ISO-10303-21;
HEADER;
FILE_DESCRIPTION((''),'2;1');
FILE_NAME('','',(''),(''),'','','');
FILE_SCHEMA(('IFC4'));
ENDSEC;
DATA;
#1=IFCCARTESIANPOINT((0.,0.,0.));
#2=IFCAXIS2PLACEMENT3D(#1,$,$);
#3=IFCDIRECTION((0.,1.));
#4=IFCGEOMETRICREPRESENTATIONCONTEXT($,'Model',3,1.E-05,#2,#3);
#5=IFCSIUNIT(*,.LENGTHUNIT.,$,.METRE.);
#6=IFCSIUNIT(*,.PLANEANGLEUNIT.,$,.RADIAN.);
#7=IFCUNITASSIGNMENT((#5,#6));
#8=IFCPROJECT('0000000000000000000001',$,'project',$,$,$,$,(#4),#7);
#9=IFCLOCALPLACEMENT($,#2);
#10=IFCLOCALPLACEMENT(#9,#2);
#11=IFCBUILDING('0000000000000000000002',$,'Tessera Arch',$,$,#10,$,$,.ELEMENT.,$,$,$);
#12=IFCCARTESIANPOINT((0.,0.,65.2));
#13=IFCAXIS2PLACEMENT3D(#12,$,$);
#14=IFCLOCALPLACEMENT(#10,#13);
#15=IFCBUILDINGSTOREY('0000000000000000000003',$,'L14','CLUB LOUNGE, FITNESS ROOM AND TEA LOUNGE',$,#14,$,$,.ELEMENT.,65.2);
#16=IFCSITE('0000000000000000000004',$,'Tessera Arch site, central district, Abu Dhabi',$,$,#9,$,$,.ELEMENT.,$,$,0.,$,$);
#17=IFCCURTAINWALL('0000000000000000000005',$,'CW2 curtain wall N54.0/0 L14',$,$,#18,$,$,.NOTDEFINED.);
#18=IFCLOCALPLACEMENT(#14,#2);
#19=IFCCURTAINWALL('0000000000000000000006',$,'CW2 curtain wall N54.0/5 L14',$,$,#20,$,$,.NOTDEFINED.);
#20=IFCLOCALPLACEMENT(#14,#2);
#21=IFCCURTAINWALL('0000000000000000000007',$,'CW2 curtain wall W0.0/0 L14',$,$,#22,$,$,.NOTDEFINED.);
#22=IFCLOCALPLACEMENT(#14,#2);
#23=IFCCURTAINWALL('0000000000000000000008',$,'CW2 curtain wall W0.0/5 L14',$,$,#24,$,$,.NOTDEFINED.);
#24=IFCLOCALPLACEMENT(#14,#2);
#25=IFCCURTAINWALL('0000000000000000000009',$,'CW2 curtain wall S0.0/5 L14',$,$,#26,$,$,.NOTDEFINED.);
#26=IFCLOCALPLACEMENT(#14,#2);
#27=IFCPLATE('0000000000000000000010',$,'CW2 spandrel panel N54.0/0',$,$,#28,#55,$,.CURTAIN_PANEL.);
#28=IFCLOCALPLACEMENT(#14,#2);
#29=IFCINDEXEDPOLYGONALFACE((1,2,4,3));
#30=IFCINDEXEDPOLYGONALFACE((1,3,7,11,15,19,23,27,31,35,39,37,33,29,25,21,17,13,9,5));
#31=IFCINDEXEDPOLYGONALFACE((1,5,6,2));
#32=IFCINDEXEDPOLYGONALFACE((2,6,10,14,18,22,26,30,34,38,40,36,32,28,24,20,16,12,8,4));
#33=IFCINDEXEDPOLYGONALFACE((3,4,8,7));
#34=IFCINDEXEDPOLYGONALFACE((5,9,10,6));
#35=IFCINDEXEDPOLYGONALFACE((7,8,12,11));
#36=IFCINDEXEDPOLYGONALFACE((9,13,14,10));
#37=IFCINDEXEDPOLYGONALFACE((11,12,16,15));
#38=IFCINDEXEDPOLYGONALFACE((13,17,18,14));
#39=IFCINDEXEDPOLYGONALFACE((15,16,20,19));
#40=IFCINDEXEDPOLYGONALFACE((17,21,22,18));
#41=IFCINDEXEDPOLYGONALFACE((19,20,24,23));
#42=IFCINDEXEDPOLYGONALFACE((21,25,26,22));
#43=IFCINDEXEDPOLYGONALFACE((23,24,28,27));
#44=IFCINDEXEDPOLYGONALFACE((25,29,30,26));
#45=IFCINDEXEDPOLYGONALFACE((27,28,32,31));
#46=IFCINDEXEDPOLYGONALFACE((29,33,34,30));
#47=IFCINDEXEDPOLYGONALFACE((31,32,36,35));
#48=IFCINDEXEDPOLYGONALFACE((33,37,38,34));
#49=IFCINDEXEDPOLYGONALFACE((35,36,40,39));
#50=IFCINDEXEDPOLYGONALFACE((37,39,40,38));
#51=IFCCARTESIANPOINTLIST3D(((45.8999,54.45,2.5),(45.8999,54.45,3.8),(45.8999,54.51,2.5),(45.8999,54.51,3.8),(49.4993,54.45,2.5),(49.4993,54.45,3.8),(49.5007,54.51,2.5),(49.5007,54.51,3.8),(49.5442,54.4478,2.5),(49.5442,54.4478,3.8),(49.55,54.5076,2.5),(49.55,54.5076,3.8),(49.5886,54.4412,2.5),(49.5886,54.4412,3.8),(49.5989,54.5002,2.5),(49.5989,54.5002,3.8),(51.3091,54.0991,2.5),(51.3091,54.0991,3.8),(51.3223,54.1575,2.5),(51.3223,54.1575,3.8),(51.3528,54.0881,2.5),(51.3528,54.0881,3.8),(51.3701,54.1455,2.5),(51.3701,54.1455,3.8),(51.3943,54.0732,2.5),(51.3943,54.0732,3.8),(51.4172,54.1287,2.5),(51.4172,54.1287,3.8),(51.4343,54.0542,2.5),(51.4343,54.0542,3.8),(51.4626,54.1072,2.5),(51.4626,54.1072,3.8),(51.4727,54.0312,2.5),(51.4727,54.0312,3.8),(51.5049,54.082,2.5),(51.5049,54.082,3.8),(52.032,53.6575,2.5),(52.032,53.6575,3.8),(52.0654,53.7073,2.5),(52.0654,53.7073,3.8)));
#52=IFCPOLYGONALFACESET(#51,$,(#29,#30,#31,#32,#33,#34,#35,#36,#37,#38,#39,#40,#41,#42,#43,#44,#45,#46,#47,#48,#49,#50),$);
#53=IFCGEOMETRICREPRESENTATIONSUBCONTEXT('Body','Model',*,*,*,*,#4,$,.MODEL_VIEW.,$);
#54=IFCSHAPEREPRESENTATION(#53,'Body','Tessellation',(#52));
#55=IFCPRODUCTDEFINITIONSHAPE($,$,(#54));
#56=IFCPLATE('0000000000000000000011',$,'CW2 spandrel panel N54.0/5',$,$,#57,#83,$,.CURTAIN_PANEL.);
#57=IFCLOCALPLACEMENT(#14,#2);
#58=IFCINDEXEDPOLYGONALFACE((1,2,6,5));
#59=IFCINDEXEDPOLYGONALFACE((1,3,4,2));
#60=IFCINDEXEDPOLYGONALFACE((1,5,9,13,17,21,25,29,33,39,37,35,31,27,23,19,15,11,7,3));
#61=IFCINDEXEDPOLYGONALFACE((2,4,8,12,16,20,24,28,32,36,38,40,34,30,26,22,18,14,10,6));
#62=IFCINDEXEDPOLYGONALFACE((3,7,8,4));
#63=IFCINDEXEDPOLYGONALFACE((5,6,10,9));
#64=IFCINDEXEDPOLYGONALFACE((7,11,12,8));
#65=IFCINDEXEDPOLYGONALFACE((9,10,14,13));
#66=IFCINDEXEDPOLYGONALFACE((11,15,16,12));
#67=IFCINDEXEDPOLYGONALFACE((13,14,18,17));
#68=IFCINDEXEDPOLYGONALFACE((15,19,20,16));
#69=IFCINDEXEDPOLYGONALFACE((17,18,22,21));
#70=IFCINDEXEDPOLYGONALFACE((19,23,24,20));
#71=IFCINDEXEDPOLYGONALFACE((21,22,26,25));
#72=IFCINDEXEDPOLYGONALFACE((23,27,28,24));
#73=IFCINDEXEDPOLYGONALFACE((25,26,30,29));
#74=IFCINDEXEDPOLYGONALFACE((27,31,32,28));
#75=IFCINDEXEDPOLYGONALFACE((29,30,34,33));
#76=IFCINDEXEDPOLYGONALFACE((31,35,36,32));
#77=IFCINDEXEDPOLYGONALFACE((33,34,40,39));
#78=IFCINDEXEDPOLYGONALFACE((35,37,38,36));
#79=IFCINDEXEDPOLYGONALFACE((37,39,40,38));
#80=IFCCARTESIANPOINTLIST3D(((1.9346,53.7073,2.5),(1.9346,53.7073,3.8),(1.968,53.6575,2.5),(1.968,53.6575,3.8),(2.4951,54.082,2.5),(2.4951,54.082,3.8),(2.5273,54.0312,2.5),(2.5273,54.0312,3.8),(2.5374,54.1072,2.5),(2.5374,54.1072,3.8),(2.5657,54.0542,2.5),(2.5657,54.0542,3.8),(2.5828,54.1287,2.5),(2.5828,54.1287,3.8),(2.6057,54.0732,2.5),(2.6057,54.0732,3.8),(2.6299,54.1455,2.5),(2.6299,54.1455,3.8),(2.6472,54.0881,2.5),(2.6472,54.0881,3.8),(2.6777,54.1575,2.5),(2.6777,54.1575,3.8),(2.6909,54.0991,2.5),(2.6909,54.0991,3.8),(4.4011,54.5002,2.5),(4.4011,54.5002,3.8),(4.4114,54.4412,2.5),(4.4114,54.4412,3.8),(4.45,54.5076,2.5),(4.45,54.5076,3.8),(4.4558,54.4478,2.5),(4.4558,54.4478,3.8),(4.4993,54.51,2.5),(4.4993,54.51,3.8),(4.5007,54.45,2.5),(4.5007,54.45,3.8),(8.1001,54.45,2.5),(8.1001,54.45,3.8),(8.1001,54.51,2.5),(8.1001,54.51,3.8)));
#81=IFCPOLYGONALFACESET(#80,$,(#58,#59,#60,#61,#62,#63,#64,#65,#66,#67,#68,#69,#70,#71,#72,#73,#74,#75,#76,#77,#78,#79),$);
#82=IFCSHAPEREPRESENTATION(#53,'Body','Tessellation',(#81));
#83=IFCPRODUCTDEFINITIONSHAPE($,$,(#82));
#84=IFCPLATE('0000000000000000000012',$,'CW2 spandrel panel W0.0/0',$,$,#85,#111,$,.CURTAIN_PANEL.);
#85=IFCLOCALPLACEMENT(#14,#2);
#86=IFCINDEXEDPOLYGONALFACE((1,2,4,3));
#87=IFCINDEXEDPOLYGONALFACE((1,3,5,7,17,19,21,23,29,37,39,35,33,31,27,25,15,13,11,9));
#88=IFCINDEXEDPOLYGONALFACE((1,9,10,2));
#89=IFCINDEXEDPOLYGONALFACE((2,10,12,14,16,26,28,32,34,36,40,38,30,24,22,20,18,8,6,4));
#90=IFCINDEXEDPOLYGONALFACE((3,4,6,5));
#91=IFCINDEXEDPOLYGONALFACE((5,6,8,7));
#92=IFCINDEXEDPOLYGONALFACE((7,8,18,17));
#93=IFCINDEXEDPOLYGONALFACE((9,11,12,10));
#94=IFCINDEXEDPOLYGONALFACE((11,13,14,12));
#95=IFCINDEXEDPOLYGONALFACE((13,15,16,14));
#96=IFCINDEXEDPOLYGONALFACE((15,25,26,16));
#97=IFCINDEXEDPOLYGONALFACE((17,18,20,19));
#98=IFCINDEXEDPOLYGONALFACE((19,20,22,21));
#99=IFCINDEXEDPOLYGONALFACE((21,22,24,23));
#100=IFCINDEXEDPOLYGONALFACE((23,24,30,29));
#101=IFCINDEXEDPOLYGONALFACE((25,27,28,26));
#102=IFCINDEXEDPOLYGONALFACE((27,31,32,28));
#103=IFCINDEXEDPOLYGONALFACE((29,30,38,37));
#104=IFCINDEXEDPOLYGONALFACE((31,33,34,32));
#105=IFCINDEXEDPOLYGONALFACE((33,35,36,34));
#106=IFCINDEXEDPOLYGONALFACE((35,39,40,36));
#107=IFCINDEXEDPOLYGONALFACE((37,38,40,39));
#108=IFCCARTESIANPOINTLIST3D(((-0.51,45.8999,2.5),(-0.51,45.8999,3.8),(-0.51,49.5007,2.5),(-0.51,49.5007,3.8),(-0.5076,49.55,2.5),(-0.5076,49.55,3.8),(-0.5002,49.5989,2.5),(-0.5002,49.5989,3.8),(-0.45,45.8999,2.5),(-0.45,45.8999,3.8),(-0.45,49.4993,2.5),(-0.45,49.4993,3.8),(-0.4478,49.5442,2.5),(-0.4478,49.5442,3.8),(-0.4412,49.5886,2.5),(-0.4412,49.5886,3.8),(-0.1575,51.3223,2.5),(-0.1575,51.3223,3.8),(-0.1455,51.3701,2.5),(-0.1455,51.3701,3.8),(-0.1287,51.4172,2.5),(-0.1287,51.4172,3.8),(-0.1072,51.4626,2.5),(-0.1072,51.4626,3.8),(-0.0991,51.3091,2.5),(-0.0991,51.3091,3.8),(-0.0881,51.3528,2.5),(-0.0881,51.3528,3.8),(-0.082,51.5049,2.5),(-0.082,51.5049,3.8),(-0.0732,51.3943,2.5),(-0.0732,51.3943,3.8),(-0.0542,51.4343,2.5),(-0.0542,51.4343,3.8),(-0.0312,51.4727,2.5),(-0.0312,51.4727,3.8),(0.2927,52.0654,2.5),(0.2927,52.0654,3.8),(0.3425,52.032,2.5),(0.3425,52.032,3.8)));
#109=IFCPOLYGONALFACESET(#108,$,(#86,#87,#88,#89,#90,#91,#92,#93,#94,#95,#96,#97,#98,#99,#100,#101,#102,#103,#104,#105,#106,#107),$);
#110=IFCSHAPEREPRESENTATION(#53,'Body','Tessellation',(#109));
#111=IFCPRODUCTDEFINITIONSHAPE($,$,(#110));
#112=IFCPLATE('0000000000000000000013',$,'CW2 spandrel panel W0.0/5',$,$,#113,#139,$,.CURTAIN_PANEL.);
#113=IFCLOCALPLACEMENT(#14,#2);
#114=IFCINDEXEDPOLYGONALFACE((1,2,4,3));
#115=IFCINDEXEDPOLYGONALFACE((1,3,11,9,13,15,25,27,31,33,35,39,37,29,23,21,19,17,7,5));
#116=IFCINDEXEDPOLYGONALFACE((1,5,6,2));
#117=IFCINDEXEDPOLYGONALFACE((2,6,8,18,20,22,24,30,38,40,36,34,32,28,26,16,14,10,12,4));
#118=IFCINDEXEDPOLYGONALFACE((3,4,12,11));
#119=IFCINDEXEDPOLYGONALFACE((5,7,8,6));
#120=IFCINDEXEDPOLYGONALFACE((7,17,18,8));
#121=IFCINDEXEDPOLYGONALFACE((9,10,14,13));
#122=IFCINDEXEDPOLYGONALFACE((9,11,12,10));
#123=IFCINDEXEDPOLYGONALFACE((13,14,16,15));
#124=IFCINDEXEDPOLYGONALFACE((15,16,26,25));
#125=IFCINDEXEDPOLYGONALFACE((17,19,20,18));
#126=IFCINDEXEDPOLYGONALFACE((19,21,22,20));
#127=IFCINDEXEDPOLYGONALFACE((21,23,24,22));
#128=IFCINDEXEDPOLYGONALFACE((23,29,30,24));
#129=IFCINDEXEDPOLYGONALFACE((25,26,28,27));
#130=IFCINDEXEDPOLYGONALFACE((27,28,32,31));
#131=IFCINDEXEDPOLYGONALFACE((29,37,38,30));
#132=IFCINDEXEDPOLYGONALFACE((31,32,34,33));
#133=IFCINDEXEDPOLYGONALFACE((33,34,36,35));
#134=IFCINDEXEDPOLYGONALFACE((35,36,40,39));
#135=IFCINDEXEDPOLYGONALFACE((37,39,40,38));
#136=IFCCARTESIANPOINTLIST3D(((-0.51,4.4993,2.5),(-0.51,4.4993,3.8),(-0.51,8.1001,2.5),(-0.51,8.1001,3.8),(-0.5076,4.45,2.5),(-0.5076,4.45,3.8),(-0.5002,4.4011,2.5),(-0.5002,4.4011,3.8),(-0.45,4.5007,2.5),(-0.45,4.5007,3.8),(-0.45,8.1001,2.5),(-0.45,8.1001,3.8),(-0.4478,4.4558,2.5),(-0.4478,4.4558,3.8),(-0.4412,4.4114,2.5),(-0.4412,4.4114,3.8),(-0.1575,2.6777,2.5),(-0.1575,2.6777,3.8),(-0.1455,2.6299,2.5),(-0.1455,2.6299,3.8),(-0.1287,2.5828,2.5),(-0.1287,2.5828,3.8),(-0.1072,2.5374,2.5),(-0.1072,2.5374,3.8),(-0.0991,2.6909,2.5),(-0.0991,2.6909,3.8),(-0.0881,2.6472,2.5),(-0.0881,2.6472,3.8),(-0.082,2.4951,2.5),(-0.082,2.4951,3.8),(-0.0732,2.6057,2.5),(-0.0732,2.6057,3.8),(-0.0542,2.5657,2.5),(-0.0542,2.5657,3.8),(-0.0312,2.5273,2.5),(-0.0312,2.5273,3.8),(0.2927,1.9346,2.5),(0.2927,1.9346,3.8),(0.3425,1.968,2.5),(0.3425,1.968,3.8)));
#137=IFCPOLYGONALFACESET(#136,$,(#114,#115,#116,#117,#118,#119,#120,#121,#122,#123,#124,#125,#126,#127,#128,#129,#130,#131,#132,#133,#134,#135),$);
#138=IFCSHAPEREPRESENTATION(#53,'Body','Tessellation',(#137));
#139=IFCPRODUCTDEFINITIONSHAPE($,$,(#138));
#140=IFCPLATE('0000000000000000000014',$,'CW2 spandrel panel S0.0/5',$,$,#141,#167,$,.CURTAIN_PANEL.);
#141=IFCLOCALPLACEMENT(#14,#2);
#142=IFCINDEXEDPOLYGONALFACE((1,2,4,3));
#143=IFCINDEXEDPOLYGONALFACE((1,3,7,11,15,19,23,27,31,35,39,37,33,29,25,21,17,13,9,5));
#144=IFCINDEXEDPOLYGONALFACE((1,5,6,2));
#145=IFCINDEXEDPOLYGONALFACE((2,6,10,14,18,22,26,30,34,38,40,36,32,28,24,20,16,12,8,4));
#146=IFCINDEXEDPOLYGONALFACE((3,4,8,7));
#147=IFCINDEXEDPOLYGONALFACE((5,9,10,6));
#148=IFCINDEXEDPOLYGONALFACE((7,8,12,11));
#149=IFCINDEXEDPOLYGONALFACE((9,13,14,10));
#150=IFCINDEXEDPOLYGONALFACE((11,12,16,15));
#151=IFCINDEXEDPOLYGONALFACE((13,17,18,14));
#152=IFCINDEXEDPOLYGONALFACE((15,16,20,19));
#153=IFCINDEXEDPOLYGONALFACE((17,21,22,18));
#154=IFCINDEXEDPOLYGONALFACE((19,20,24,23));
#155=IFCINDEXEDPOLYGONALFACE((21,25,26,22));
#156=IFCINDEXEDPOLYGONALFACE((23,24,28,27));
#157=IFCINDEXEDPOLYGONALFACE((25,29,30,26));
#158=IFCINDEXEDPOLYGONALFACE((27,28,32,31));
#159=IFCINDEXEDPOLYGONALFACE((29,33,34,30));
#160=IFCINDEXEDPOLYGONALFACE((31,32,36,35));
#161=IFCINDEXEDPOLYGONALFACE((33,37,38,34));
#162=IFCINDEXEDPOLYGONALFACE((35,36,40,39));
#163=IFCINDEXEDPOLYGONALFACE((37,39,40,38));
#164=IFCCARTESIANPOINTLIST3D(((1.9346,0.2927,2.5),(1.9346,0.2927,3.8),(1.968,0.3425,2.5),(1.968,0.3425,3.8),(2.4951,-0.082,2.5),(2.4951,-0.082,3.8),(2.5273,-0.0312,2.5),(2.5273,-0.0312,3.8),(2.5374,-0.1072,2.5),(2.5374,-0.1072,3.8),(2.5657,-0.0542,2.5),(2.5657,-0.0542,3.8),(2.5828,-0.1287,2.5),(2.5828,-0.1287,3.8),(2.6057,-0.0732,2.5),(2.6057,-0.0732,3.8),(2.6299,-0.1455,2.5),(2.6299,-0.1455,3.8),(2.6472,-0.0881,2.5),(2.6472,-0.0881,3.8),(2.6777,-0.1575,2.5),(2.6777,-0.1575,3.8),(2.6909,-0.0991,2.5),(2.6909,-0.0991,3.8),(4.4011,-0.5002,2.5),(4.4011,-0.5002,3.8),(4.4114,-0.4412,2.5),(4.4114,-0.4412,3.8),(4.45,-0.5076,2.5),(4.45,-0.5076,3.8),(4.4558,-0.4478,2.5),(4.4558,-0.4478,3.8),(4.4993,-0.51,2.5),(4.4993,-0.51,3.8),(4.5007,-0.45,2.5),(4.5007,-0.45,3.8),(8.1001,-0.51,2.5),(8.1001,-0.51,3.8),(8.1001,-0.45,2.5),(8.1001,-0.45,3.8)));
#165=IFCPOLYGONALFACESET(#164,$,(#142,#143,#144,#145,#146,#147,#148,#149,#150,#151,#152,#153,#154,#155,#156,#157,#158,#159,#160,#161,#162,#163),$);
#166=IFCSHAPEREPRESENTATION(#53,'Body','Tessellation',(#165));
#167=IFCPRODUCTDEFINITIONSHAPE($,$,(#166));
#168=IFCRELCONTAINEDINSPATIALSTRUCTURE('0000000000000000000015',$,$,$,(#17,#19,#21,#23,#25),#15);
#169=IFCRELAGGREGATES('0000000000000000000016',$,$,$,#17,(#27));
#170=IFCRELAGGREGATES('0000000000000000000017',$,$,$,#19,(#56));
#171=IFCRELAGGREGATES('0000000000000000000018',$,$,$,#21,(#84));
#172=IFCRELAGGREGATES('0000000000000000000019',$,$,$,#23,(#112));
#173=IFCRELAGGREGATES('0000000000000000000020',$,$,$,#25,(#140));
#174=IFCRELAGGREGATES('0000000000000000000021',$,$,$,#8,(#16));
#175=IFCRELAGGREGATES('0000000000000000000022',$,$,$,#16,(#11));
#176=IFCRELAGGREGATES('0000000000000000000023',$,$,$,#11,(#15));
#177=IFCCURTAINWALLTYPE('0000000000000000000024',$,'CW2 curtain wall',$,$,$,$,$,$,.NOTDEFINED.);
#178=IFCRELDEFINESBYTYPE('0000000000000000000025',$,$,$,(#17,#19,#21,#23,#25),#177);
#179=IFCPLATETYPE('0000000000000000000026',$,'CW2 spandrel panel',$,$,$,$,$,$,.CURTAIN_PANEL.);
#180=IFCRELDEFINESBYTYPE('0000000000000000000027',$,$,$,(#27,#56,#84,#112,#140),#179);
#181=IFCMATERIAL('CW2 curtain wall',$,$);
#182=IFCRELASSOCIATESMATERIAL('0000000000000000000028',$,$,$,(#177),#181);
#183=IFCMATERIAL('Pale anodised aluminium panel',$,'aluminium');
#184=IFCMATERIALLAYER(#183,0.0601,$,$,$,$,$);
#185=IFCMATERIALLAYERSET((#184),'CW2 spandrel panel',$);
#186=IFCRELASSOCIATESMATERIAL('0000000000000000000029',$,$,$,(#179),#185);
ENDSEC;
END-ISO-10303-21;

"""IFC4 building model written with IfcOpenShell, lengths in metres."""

from ifc_helpers import new_model, si_unit, direction, frame, origin, place, context, subcontext, project, spatial, polyline, outline, extrude, material, layer, layer_set, type_object, element, aggregate, save


model = new_model("IFC4")

# Units and contexts
model_context = context("Model", 3, precision=1e-05, world=origin(), true_north=direction((0.0, 1.0)))
body_context = subcontext(model_context, "Body", "Model", "MODEL_VIEW")
ifc_project = project(units=[si_unit("LENGTHUNIT", "METRE"), si_unit("PLANEANGLEUNIT", "RADIAN")], contexts=[model_context])

# Site, building, storey
site_placement = place(None, origin())
site = spatial("IfcSite", under=ifc_project, at=site_placement, Name="Tessera Arch site, central district, Abu Dhabi", CompositionType="ELEMENT", RefElevation=0.0)
building_placement = place(site_placement, origin())
building = spatial("IfcBuilding", under=site, at=building_placement, Name="Tessera Arch", CompositionType="ELEMENT")
storey_placement = place(building_placement, frame((0.0, 0.0, 65.2)))
storey = spatial("IfcBuildingStorey", under=building, at=storey_placement, Name="L14", Description="CLUB LOUNGE, FITNESS ROOM AND TEA LOUNGE", CompositionType="ELEMENT", Elevation=65.2)

# Curtain walls
ifc_material_1 = material(Name="CW2 curtain wall")
curtain_wall_type = type_object("IfcCurtainWallType", Name="CW2 curtain wall", PredefinedType="NOTDEFINED", material=ifc_material_1)
curtain_wall_1_placement = place(storey_placement, origin())
curtain_wall_1 = element("IfcCurtainWall", 1, at=curtain_wall_1_placement, inside=storey, type_object=curtain_wall_type, Name="CW2 curtain wall N54.0/0 L14", PredefinedType="NOTDEFINED")
curtain_wall_2_placement = place(storey_placement, origin())
curtain_wall_2 = element("IfcCurtainWall", 2, at=curtain_wall_2_placement, inside=storey, type_object=curtain_wall_type, Name="CW2 curtain wall N54.0/5 L14", PredefinedType="NOTDEFINED")
curtain_wall_3_placement = place(storey_placement, origin())
curtain_wall_3 = element("IfcCurtainWall", 3, at=curtain_wall_3_placement, inside=storey, type_object=curtain_wall_type, Name="CW2 curtain wall W0.0/0 L14", PredefinedType="NOTDEFINED")
curtain_wall_4_placement = place(storey_placement, origin())
curtain_wall_4 = element("IfcCurtainWall", 4, at=curtain_wall_4_placement, inside=storey, type_object=curtain_wall_type, Name="CW2 curtain wall W0.0/5 L14", PredefinedType="NOTDEFINED")
curtain_wall_5_placement = place(storey_placement, origin())
curtain_wall_5 = element("IfcCurtainWall", 5, at=curtain_wall_5_placement, inside=storey, type_object=curtain_wall_type, Name="CW2 curtain wall S0.0/5 L14", PredefinedType="NOTDEFINED")

# Plates
ifc_material_2 = material(Name="Pale anodised aluminium panel", Category="aluminium")
ifc_layer_1 = layer(ifc_material_2, 0.0601)
ifc_layer_set_1 = layer_set([ifc_layer_1], Name="CW2 spandrel panel")
plate_type_1 = type_object("IfcPlateType", Name="CW2 spandrel panel", PredefinedType="CURTAIN_PANEL", material=ifc_layer_set_1)
plate_1_placement = place(storey_placement, frame((0.0, 0.0, 2.5)))
plate_1 = element("IfcPlate", 6, at=plate_1_placement, type_object=plate_type_1, Name="CW2 spandrel panel N54.0/0", PredefinedType="CURTAIN_PANEL", context=body_context, shape_type="SweptSolid", body=[
    extrude(outline(polyline([(51.4727, 54.0312), (52.032, 53.6575), (52.0654, 53.7073), (51.5049, 54.082), (51.4626, 54.1072), (51.4172, 54.1287), (51.3701, 54.1455), (51.3223, 54.1575), (49.5989, 54.5002), (49.55, 54.5076), (49.5007, 54.51), (45.8999, 54.51), (45.8999, 54.45), (49.4993, 54.45), (49.5442, 54.4478), (49.5886, 54.4412), (51.3091, 54.0991), (51.3528, 54.0881), (51.3943, 54.0732), (51.4343, 54.0542), (51.4727, 54.0312)])), origin(), (0.0, 0.0, 1.0), 1.3),
])
aggregate(curtain_wall_1, [plate_1])
plate_2_placement = place(storey_placement, frame((0.0, 0.0, 2.5)))
plate_2 = element("IfcPlate", 7, at=plate_2_placement, type_object=plate_type_1, Name="CW2 spandrel panel N54.0/5", PredefinedType="CURTAIN_PANEL", context=body_context, shape_type="SweptSolid", body=[
    extrude(outline(polyline([(4.5007, 54.45), (8.1001, 54.45), (8.1001, 54.51), (4.4993, 54.51), (4.45, 54.5076), (4.4011, 54.5002), (2.6777, 54.1575), (2.6299, 54.1455), (2.5828, 54.1287), (2.5374, 54.1072), (2.4951, 54.082), (1.9346, 53.7073), (1.968, 53.6575), (2.5273, 54.0312), (2.5657, 54.0542), (2.6057, 54.0732), (2.6472, 54.0881), (2.6909, 54.0991), (4.4114, 54.4412), (4.4558, 54.4478), (4.5007, 54.45)])), origin(), (0.0, 0.0, 1.0), 1.3),
])
aggregate(curtain_wall_2, [plate_2])
plate_3_placement = place(storey_placement, frame((0.0, 0.0, 2.5)))
plate_3 = element("IfcPlate", 8, at=plate_3_placement, type_object=plate_type_1, Name="CW2 spandrel panel W0.0/0", PredefinedType="CURTAIN_PANEL", context=body_context, shape_type="SweptSolid", body=[
    extrude(outline(polyline([(-0.0312, 51.4727), (0.3425, 52.032), (0.2927, 52.0654), (-0.082, 51.5049), (-0.1072, 51.4626), (-0.1287, 51.4172), (-0.1455, 51.3701), (-0.1575, 51.3223), (-0.5002, 49.5989), (-0.5076, 49.55), (-0.51, 49.5007), (-0.51, 45.8999), (-0.45, 45.8999), (-0.45, 49.4993), (-0.4478, 49.5442), (-0.4412, 49.5886), (-0.0991, 51.3091), (-0.0881, 51.3528), (-0.0732, 51.3943), (-0.0542, 51.4343), (-0.0312, 51.4727)])), origin(), (0.0, 0.0, 1.0), 1.3),
])
aggregate(curtain_wall_3, [plate_3])
plate_4_placement = place(storey_placement, frame((0.0, 0.0, 2.5)))
plate_4 = element("IfcPlate", 9, at=plate_4_placement, type_object=plate_type_1, Name="CW2 spandrel panel W0.0/5", PredefinedType="CURTAIN_PANEL", context=body_context, shape_type="SweptSolid", body=[
    extrude(outline(polyline([(-0.45, 4.5007), (-0.45, 8.1001), (-0.51, 8.1001), (-0.51, 4.4993), (-0.5076, 4.45), (-0.5002, 4.4011), (-0.1575, 2.6777), (-0.1455, 2.6299), (-0.1287, 2.5828), (-0.1072, 2.5374), (-0.082, 2.4951), (0.2927, 1.9346), (0.3425, 1.968), (-0.0312, 2.5273), (-0.0542, 2.5657), (-0.0732, 2.6057), (-0.0881, 2.6472), (-0.0991, 2.6909), (-0.4412, 4.4114), (-0.4478, 4.4558), (-0.45, 4.5007)])), origin(), (0.0, 0.0, 1.0), 1.3),
])
aggregate(curtain_wall_4, [plate_4])
plate_5_placement = place(storey_placement, frame((0.0, 0.0, 2.5)))
plate_5 = element("IfcPlate", 10, at=plate_5_placement, type_object=plate_type_1, Name="CW2 spandrel panel S0.0/5", PredefinedType="CURTAIN_PANEL", context=body_context, shape_type="SweptSolid", body=[
    extrude(outline(polyline([(2.5273, -0.0312), (1.968, 0.3425), (1.9346, 0.2927), (2.4951, -0.082), (2.5374, -0.1072), (2.5828, -0.1287), (2.6299, -0.1455), (2.6777, -0.1575), (4.4011, -0.5002), (4.45, -0.5076), (4.4993, -0.51), (8.1001, -0.51), (8.1001, -0.45), (4.5007, -0.45), (4.4558, -0.4478), (4.4114, -0.4412), (2.6909, -0.0991), (2.6472, -0.0881), (2.6057, -0.0732), (2.5657, -0.0542), (2.5273, -0.0312)])), origin(), (0.0, 0.0, 1.0), 1.3),
])
aggregate(curtain_wall_5, [plate_5])

save(model, "model.ifc")
